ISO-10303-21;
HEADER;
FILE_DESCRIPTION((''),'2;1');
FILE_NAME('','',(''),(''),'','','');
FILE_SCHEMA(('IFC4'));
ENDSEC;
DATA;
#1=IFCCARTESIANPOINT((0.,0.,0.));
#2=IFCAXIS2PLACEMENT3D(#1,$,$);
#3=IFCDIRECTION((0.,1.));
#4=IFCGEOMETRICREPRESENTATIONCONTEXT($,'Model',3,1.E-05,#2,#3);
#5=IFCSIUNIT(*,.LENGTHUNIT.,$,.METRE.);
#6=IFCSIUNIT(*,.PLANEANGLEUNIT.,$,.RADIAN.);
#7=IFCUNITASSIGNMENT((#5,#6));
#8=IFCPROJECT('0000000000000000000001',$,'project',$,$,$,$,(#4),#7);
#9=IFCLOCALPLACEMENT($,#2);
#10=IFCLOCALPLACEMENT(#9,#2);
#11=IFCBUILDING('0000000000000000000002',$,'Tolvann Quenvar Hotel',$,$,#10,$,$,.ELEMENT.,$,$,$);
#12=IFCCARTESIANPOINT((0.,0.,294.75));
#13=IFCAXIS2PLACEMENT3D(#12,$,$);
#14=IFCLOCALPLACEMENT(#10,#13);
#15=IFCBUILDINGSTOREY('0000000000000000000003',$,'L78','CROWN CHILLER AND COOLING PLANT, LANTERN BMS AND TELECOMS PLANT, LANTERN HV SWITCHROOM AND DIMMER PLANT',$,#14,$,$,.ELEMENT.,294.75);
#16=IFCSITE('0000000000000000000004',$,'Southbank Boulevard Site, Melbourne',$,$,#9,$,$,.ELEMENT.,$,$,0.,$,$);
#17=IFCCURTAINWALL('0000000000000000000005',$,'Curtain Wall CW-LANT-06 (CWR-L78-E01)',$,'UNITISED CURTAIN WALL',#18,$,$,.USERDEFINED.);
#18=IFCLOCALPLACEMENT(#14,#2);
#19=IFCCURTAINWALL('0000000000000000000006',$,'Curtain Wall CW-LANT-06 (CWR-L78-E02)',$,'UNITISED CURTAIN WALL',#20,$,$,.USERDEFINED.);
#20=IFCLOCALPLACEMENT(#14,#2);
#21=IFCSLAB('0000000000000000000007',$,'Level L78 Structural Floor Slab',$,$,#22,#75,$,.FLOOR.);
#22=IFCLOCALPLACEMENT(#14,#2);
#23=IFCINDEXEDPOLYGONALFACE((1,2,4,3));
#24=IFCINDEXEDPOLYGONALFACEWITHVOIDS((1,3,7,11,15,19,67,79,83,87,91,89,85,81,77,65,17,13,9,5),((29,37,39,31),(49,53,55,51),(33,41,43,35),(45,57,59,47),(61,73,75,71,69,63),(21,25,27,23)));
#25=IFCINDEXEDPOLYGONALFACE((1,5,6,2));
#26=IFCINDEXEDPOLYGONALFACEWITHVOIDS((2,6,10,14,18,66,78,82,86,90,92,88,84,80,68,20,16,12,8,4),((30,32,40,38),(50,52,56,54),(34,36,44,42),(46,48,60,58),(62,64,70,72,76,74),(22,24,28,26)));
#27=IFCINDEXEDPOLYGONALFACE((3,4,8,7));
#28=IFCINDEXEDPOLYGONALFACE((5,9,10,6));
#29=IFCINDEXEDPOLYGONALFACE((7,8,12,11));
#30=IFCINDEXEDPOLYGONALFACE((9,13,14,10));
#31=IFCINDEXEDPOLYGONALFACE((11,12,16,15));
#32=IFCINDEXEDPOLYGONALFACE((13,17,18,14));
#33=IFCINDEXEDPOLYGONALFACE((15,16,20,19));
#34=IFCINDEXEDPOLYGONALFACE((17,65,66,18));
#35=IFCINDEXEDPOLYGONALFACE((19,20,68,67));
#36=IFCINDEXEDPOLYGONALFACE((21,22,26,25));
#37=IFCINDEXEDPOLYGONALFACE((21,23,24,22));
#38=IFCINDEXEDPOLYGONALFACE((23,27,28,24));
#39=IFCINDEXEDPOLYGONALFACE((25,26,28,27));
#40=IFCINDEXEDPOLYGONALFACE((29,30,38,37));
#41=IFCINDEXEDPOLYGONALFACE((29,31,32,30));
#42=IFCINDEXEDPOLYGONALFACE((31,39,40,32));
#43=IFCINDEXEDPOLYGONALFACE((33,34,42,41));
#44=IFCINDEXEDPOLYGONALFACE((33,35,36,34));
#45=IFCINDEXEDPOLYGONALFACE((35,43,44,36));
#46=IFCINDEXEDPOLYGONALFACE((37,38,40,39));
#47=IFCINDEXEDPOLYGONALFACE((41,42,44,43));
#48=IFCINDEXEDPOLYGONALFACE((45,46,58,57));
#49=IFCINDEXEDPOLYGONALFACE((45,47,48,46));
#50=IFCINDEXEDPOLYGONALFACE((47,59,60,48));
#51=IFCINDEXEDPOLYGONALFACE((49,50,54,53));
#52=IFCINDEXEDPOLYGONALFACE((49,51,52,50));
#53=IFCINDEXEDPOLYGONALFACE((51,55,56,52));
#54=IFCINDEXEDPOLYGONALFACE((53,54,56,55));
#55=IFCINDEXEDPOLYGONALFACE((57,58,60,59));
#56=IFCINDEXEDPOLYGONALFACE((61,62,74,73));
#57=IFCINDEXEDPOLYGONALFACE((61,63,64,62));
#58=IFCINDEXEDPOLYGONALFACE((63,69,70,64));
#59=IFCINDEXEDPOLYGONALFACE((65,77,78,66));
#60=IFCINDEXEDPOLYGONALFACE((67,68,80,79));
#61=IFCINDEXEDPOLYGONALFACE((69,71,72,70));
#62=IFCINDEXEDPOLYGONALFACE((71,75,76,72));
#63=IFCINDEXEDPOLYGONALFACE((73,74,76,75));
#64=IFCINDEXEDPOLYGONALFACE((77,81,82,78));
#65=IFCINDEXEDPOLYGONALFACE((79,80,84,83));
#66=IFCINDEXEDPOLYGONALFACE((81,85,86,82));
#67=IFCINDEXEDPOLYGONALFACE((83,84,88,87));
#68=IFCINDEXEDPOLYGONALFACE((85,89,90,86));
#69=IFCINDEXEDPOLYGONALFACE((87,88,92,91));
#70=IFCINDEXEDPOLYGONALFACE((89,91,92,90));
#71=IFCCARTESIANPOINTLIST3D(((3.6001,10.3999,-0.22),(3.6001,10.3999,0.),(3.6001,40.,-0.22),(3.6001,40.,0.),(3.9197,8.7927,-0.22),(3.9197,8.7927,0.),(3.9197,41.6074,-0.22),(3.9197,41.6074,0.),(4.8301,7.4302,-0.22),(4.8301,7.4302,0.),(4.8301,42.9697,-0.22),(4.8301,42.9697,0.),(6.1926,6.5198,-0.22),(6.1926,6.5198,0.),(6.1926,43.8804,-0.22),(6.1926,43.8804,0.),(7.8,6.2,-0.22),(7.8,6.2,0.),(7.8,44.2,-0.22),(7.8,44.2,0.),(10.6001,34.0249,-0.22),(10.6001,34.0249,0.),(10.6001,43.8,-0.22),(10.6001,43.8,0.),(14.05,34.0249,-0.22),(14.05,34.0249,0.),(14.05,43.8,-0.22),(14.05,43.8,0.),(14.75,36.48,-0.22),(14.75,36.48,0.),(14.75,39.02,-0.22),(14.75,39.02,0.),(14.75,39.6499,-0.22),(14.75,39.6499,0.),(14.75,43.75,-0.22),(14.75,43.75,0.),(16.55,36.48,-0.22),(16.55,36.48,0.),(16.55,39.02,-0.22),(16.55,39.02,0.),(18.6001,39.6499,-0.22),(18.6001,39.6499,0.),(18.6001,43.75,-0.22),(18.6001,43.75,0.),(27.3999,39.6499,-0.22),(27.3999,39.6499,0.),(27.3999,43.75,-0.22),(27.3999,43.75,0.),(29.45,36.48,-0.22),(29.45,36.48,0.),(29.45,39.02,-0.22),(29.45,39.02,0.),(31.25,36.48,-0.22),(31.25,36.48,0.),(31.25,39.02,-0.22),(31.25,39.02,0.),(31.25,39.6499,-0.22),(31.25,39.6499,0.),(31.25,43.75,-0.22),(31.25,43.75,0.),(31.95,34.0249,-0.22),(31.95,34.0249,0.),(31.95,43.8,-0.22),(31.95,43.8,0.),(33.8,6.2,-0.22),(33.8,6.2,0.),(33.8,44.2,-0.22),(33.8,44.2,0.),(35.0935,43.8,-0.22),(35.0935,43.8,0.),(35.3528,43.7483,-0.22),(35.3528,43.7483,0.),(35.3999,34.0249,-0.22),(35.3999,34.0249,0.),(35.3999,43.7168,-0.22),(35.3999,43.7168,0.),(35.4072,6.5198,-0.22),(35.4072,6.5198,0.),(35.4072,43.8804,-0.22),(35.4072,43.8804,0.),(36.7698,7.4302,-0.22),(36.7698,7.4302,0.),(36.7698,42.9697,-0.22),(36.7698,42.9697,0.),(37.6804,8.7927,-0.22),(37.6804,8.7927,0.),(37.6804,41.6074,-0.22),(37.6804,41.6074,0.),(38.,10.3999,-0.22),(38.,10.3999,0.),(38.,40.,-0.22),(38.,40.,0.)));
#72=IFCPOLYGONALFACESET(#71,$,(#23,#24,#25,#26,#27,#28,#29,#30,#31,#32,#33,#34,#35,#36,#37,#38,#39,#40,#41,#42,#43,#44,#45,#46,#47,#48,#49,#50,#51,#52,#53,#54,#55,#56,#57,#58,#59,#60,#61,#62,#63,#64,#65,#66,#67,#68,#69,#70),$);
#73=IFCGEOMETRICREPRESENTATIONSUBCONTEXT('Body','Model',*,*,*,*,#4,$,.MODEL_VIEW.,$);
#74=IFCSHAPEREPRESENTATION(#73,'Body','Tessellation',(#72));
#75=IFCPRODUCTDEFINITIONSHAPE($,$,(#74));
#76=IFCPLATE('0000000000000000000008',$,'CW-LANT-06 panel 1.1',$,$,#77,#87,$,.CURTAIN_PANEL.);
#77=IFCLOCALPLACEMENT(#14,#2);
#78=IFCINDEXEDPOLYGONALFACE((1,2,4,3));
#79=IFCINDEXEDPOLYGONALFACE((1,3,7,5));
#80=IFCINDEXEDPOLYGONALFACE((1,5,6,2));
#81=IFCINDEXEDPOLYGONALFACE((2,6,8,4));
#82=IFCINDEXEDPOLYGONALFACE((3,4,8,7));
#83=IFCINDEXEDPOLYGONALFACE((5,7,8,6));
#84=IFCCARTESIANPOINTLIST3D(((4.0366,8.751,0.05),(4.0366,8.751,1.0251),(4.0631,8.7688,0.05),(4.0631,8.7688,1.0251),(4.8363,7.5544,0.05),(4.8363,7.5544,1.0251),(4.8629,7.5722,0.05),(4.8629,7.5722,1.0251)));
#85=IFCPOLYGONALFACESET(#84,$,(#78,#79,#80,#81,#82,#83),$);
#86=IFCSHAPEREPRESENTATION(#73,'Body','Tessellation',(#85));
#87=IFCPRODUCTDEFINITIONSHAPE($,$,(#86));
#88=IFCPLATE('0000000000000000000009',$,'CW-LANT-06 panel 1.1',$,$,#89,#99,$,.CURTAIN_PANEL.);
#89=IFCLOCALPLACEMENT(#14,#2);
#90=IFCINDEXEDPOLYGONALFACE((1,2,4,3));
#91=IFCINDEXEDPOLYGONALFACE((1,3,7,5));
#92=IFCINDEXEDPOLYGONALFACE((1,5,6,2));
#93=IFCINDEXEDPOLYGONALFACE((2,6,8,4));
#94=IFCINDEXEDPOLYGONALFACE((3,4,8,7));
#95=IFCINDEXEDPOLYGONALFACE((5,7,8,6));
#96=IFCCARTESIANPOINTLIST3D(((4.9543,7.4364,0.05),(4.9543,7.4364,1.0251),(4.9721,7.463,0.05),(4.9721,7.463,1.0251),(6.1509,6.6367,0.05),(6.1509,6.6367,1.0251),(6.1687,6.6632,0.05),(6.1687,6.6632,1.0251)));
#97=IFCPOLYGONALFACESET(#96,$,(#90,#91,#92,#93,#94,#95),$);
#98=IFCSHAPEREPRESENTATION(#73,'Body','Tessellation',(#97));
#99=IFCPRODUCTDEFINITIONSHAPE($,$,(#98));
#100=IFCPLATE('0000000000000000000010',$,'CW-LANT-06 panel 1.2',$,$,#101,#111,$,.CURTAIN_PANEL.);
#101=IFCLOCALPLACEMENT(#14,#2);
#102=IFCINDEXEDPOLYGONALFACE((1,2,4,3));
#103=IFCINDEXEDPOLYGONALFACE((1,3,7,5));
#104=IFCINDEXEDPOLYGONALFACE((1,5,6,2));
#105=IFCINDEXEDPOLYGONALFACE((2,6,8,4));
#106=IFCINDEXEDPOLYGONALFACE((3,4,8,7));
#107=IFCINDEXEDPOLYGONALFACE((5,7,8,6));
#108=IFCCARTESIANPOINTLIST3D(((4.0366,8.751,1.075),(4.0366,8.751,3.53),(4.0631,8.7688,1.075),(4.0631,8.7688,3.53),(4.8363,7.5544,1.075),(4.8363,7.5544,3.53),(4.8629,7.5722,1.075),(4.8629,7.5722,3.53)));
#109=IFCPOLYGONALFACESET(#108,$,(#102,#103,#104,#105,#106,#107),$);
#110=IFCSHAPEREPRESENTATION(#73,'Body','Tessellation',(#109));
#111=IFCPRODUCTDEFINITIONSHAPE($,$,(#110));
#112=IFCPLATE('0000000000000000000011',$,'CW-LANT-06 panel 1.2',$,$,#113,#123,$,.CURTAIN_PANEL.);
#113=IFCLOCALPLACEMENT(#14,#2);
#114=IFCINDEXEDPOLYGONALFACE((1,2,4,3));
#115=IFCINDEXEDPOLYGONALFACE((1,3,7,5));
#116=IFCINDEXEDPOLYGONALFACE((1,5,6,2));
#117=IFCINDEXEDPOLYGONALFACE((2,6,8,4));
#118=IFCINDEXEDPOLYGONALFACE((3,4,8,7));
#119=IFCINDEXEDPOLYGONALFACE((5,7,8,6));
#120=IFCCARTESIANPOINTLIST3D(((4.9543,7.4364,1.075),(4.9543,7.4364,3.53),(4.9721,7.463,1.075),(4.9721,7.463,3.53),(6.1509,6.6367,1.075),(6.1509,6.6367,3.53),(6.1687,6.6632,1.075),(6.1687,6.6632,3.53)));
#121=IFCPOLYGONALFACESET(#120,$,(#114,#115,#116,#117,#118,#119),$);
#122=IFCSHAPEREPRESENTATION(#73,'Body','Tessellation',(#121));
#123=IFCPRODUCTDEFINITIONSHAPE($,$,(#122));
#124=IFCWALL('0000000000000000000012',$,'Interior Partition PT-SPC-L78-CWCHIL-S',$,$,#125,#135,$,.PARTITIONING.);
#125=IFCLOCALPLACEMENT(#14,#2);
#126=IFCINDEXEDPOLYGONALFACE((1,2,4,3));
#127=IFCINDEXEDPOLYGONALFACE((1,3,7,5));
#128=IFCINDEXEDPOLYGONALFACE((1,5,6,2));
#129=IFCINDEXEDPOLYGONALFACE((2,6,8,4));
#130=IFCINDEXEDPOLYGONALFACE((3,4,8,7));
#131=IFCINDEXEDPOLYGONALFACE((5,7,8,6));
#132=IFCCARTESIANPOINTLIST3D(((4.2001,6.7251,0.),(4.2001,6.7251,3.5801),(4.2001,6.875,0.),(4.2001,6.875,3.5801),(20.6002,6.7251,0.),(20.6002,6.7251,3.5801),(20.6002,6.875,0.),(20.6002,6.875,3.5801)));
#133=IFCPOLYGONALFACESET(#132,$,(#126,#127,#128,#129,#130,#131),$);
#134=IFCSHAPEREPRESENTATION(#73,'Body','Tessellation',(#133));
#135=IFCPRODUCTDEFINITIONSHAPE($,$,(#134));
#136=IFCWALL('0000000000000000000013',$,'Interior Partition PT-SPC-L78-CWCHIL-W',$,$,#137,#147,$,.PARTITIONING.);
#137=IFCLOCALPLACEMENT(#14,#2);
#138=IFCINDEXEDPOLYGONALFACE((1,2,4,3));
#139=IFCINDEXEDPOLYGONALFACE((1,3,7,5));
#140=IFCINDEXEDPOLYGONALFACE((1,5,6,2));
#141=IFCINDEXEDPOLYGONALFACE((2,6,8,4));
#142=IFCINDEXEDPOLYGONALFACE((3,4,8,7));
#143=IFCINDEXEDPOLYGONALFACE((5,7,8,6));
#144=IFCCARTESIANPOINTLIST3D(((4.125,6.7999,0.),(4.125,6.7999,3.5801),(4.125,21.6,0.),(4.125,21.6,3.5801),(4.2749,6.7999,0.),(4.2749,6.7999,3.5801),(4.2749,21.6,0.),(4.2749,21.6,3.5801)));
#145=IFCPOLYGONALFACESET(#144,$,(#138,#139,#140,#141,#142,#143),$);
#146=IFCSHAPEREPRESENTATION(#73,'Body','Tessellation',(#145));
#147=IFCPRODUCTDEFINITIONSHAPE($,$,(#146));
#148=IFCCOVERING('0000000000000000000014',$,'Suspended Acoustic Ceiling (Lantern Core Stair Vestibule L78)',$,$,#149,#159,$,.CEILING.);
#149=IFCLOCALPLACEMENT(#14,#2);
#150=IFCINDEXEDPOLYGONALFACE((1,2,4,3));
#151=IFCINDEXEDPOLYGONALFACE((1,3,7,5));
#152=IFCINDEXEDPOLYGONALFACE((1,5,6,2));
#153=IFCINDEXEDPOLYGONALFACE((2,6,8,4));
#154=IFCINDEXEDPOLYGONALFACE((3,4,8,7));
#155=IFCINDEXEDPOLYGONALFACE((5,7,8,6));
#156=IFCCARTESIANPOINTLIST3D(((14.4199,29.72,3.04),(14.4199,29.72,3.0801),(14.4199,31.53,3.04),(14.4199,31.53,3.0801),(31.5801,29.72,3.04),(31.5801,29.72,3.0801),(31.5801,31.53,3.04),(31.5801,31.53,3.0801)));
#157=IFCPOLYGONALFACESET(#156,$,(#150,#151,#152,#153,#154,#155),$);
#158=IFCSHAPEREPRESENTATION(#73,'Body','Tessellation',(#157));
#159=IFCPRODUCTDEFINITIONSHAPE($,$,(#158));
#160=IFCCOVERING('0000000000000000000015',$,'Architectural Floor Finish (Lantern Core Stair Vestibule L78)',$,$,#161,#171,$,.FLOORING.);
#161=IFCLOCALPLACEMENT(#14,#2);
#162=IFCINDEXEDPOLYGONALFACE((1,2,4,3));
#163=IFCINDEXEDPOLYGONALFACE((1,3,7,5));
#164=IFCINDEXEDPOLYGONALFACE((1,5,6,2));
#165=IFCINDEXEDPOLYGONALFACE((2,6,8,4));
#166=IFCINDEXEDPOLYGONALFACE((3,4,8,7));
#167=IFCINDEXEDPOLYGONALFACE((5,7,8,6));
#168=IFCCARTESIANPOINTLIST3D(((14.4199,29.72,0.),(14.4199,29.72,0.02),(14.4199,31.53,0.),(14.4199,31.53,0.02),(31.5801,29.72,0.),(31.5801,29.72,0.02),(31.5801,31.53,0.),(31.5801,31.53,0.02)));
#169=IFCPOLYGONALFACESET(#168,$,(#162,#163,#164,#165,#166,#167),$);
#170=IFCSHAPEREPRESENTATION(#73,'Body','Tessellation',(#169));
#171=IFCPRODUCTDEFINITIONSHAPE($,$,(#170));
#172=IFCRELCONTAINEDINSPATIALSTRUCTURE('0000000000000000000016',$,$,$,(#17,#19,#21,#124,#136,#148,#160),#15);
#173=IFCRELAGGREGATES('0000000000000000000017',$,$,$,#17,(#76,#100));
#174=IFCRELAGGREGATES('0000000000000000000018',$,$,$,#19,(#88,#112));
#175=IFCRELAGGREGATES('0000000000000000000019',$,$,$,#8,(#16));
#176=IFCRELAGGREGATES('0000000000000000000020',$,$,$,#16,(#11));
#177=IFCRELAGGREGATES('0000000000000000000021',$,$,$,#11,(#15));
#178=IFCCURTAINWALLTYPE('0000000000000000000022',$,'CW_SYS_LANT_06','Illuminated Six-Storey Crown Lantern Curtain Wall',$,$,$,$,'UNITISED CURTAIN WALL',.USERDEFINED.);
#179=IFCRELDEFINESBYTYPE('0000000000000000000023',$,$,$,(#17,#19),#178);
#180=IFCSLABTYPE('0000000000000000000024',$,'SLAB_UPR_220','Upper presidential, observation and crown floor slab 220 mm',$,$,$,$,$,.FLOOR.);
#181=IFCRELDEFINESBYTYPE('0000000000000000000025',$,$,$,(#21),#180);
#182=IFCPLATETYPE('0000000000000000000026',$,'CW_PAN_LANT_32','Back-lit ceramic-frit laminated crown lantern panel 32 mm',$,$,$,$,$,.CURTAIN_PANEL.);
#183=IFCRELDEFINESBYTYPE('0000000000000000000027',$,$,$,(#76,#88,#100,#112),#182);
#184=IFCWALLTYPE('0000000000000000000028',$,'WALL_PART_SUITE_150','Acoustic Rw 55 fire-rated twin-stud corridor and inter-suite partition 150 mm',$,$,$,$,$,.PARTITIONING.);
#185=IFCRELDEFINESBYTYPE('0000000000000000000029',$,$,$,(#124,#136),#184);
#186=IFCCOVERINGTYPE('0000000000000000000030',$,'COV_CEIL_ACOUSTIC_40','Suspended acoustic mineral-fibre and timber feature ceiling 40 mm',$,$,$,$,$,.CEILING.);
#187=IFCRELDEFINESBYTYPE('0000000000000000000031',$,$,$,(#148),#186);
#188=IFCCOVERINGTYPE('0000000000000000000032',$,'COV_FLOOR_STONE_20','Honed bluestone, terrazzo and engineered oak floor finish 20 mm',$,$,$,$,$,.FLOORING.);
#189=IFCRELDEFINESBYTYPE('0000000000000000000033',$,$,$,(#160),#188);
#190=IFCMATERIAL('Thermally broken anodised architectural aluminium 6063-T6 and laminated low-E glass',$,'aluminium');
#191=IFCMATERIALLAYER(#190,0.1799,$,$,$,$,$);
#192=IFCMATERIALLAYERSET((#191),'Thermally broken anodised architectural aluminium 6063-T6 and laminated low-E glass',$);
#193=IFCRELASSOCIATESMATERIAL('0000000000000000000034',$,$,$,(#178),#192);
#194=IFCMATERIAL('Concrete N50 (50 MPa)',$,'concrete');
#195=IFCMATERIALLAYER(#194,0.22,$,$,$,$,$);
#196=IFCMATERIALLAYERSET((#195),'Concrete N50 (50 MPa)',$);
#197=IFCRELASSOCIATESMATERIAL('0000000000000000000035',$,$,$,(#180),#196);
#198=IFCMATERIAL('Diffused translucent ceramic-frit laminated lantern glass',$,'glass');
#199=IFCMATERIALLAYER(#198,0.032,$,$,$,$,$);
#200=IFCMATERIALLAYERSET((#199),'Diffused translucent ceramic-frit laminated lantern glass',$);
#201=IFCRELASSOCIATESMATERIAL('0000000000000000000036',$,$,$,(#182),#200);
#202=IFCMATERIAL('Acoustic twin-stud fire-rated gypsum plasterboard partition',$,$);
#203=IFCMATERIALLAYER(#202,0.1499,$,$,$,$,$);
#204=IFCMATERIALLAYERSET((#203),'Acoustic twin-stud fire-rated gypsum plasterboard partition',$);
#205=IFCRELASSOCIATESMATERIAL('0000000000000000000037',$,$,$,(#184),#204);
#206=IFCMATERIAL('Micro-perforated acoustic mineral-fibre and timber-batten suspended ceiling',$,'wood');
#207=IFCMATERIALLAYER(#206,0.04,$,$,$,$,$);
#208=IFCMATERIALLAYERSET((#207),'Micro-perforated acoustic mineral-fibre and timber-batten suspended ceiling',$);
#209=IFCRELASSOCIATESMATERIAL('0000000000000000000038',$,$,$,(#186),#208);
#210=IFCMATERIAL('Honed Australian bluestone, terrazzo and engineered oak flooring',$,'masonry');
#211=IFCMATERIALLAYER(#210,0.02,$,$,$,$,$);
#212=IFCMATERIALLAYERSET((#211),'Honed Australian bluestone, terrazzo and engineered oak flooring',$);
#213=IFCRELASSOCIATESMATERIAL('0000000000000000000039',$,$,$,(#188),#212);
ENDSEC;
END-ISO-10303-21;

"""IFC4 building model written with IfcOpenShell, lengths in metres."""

from ifc_helpers import new_model, si_unit, direction, frame, frame_2d, origin, origin_2d, place, context, subcontext, project, spatial, polyline, rectangle, outline, extrude, source, transform, mapped, material, layer, layer_set, type_object, type_shapes, element, aggregate, save


model = new_model("IFC4")

# Units and contexts
model_context = context("Model", 3, precision=1e-05, world=origin(), true_north=direction((0.0, 1.0)))
body_context = subcontext(model_context, "Body", "Model", "MODEL_VIEW")
ifc_project = project(units=[si_unit("LENGTHUNIT", "METRE"), si_unit("PLANEANGLEUNIT", "RADIAN")], contexts=[model_context])

# Site, building, storey
site_placement = place(None, origin())
site = spatial("IfcSite", under=ifc_project, at=site_placement, Name="Southbank Boulevard Site, Melbourne", CompositionType="ELEMENT", RefElevation=0.0)
building_placement = place(site_placement, origin())
building = spatial("IfcBuilding", under=site, at=building_placement, Name="Tolvann Quenvar Hotel", CompositionType="ELEMENT")
storey_placement = place(building_placement, frame((0.0, 0.0, 294.75)))
storey = spatial("IfcBuildingStorey", under=building, at=storey_placement, Name="L78", Description="CROWN CHILLER AND COOLING PLANT, LANTERN BMS AND TELECOMS PLANT, LANTERN HV SWITCHROOM AND DIMMER PLANT", CompositionType="ELEMENT", Elevation=294.75)

# Curtain wall
ifc_material_1 = material(Name="Thermally broken anodised architectural aluminium 6063-T6 and laminated low-E glass", Category="aluminium")
ifc_layer_1 = layer(ifc_material_1, 0.1799)
ifc_layer_set_1 = layer_set([ifc_layer_1], Name="Thermally broken anodised architectural aluminium 6063-T6 and laminated low-E glass")
curtain_wall_type = type_object("IfcCurtainWallType", Name="CW_SYS_LANT_06", Description="Illuminated Six-Storey Crown Lantern Curtain Wall", ElementType="UNITISED CURTAIN WALL", PredefinedType="USERDEFINED", material=ifc_layer_set_1)
curtain_wall_1_placement = place(storey_placement, origin())
curtain_wall_1 = element("IfcCurtainWall", 1, at=curtain_wall_1_placement, inside=storey, type_object=curtain_wall_type, Name="Curtain Wall CW-LANT-06 (CWR-L78-E01)", ObjectType="UNITISED CURTAIN WALL", PredefinedType="USERDEFINED")

# Curtain wall
curtain_wall_2_placement = place(storey_placement, origin())
curtain_wall_2 = element("IfcCurtainWall", 2, at=curtain_wall_2_placement, inside=storey, type_object=curtain_wall_type, Name="Curtain Wall CW-LANT-06 (CWR-L78-E02)", ObjectType="UNITISED CURTAIN WALL", PredefinedType="USERDEFINED")

# Slab
ifc_material_2 = material(Name="Concrete N50 (50 MPa)", Category="concrete")
ifc_layer_2 = layer(ifc_material_2, 0.22)
ifc_layer_set_2 = layer_set([ifc_layer_2], Name="Concrete N50 (50 MPa)")
slab_type_1 = type_object("IfcSlabType", Name="SLAB_UPR_220", Description="Upper presidential, observation and crown floor slab 220 mm", PredefinedType="FLOOR", material=ifc_layer_set_2)
slab_1_placement = place(storey_placement, frame((0.0, 0.0, -0.22)))
element("IfcSlab", 3, at=slab_1_placement, inside=storey, type_object=slab_type_1, Name="Level L78 Structural Floor Slab", PredefinedType="FLOOR", context=body_context, shape_type="SweptSolid", body=[
    extrude(outline(polyline([(3.6001, 10.3999), (3.9197, 8.7927), (4.8301, 7.4302), (6.1926, 6.5198), (7.8, 6.2), (33.8, 6.2), (35.4072, 6.5198), (36.7698, 7.4302), (37.6804, 8.7927), (38.0, 10.3999), (38.0, 40.0), (37.6804, 41.6074), (36.7698, 42.9697), (35.4072, 43.8804), (33.8, 44.2), (7.8, 44.2), (6.1926, 43.8804), (4.8301, 42.9697), (3.9197, 41.6074), (3.6001, 40.0), (3.6001, 10.3999)]), holes=[polyline([(35.0935, 43.8), (35.3528, 43.7483), (35.3999, 43.7168), (35.3999, 34.0249), (31.95, 34.0249), (31.95, 43.8), (35.0935, 43.8)]), polyline([(29.45, 36.48), (29.45, 39.02), (31.25, 39.02), (31.25, 36.48), (29.45, 36.48)]), polyline([(27.3999, 39.6499), (27.3999, 43.75), (31.25, 43.75), (31.25, 39.6499), (27.3999, 39.6499)]), polyline([(14.75, 39.6499), (14.75, 43.75), (18.6001, 43.75), (18.6001, 39.6499), (14.75, 39.6499)]), polyline([(16.55, 36.48), (14.75, 36.48), (14.75, 39.02), (16.55, 39.02), (16.55, 36.48)]), polyline([(14.05, 34.0249), (10.6001, 34.0249), (10.6001, 43.8), (14.05, 43.8), (14.05, 34.0249)])]), origin(), (0.0, 0.0, 1.0), 0.22),
])

# Plates
ifc_material_3 = material(Name="Diffused translucent ceramic-frit laminated lantern glass", Category="glass")
ifc_layer_3 = layer(ifc_material_3, 0.032)
ifc_layer_set_3 = layer_set([ifc_layer_3], Name="Diffused translucent ceramic-frit laminated lantern glass")
plate_type = type_object("IfcPlateType", Name="CW_PAN_LANT_32", Description="Back-lit ceramic-frit laminated crown lantern panel 32 mm", PredefinedType="CURTAIN_PANEL", material=ifc_layer_set_3)
shared_shape_1 = source(origin(), body_context, "Body", "SweptSolid", [
    extrude(rectangle(XDim=1.4392, YDim=0.032, at=origin_2d()), origin(), (0.0, 0.0, 1.0), 0.9751),
])
plate_1_placement = place(storey_placement, frame((4.4497, 8.1616, 0.05), z_axis=(0.0, 0.0, 1.0), x_axis=(0.555656, -0.831412, 0.0)))
plate_1 = element("IfcPlate", 4, at=plate_1_placement, type_object=plate_type, Name="CW-LANT-06 panel 1.1", PredefinedType="CURTAIN_PANEL", context=body_context, shape_type="MappedRepresentation", body=[
    mapped(shared_shape_1, transform((0.0, 0.0, 0.0), x_axis=(1.0, 0.0, 0.0), y_axis=(0.0, 1.0, 0.0), z_axis=(0.0, 0.0, 1.0), scale=1.0)),
])
plate_2_placement = place(storey_placement, frame((5.5615, 7.0498, 0.05), z_axis=(0.0, 0.0, 1.0), x_axis=(0.831412, -0.555656, 0.0)))
plate_2 = element("IfcPlate", 5, at=plate_2_placement, type_object=plate_type, Name="CW-LANT-06 panel 1.1", PredefinedType="CURTAIN_PANEL", context=body_context, shape_type="MappedRepresentation", body=[
    mapped(shared_shape_1, transform((0.0, 0.0, 0.0), x_axis=(1.0, 0.0, 0.0), y_axis=(0.0, 1.0, 0.0), z_axis=(0.0, 0.0, 1.0), scale=1.0)),
])
shared_shape_2 = source(origin(), body_context, "Body", "SweptSolid", [
    extrude(rectangle(XDim=1.4392, YDim=0.032, at=origin_2d()), origin(), (0.0, 0.0, 1.0), 2.4551),
])
type_shapes(plate_type, [shared_shape_1, shared_shape_2])
plate_3_placement = place(storey_placement, frame((4.4497, 8.1616, 1.075), z_axis=(0.0, 0.0, 1.0), x_axis=(0.555656, -0.831412, 0.0)))
plate_3 = element("IfcPlate", 6, at=plate_3_placement, type_object=plate_type, Name="CW-LANT-06 panel 1.2", PredefinedType="CURTAIN_PANEL", context=body_context, shape_type="MappedRepresentation", body=[
    mapped(shared_shape_2, transform((0.0, 0.0, 0.0), x_axis=(1.0, 0.0, 0.0), y_axis=(0.0, 1.0, 0.0), z_axis=(0.0, 0.0, 1.0), scale=1.0)),
])
aggregate(curtain_wall_1, [plate_1, plate_3])
plate_4_placement = place(storey_placement, frame((5.5615, 7.0498, 1.075), z_axis=(0.0, 0.0, 1.0), x_axis=(0.831412, -0.555656, 0.0)))
plate_4 = element("IfcPlate", 7, at=plate_4_placement, type_object=plate_type, Name="CW-LANT-06 panel 1.2", PredefinedType="CURTAIN_PANEL", context=body_context, shape_type="MappedRepresentation", body=[
    mapped(shared_shape_2, transform((0.0, 0.0, 0.0), x_axis=(1.0, 0.0, 0.0), y_axis=(0.0, 1.0, 0.0), z_axis=(0.0, 0.0, 1.0), scale=1.0)),
])
aggregate(curtain_wall_2, [plate_2, plate_4])

# Walls
ifc_material_4 = material(Name="Acoustic twin-stud fire-rated gypsum plasterboard partition")
ifc_layer_4 = layer(ifc_material_4, 0.1499)
ifc_layer_set_4 = layer_set([ifc_layer_4], Name="Acoustic twin-stud fire-rated gypsum plasterboard partition")
wall_type = type_object("IfcWallType", Name="WALL_PART_SUITE_150", Description="Acoustic Rw 55 fire-rated twin-stud corridor and inter-suite partition 150 mm", PredefinedType="PARTITIONING", material=ifc_layer_set_4)
wall_1_placement = place(storey_placement, frame((4.2, 6.8, 0.0), z_axis=(0.0, 0.0, 1.0), x_axis=(1.0, 0.0, 0.0)))
element("IfcWall", 8, at=wall_1_placement, inside=storey, type_object=wall_type, Name="Interior Partition PT-SPC-L78-CWCHIL-S", PredefinedType="PARTITIONING", context=body_context, shape_type="SweptSolid", body=[
    extrude(rectangle(XDim=16.4001, YDim=0.1499, at=frame_2d((8.2002, 0.0))), origin(), (0.0, 0.0, 1.0), 3.5801),
])
wall_2_placement = place(storey_placement, frame((4.2, 6.8, 0.0), z_axis=(0.0, 0.0, 1.0), x_axis=(0.0, 1.0, 0.0)))
element("IfcWall", 9, at=wall_2_placement, inside=storey, type_object=wall_type, Name="Interior Partition PT-SPC-L78-CWCHIL-W", PredefinedType="PARTITIONING", context=body_context, shape_type="SweptSolid", body=[
    extrude(rectangle(XDim=14.8, YDim=0.1499, at=frame_2d((7.3999, 0.0))), origin(), (0.0, 0.0, 1.0), 3.5801),
])

# Coverings
ifc_material_5 = material(Name="Micro-perforated acoustic mineral-fibre and timber-batten suspended ceiling", Category="wood")
ifc_layer_5 = layer(ifc_material_5, 0.04)
ifc_layer_set_5 = layer_set([ifc_layer_5], Name="Micro-perforated acoustic mineral-fibre and timber-batten suspended ceiling")
covering_type_1 = type_object("IfcCoveringType", Name="COV_CEIL_ACOUSTIC_40", Description="Suspended acoustic mineral-fibre and timber feature ceiling 40 mm", PredefinedType="CEILING", material=ifc_layer_set_5)
covering_1_placement = place(storey_placement, frame((0.0, 0.0, 3.04)))
element("IfcCovering", 10, at=covering_1_placement, inside=storey, type_object=covering_type_1, Name="Suspended Acoustic Ceiling (Lantern Core Stair Vestibule L78)", PredefinedType="CEILING", context=body_context, shape_type="SweptSolid", body=[
    extrude(outline(polyline([(14.4199, 29.72), (31.5801, 29.72), (31.5801, 31.53), (14.4199, 31.53), (14.4199, 29.72)])), origin(), (0.0, 0.0, 1.0), 0.04),
])
ifc_material_6 = material(Name="Honed Australian bluestone, terrazzo and engineered oak flooring", Category="masonry")
ifc_layer_6 = layer(ifc_material_6, 0.02)
ifc_layer_set_6 = layer_set([ifc_layer_6], Name="Honed Australian bluestone, terrazzo and engineered oak flooring")
covering_type_2 = type_object("IfcCoveringType", Name="COV_FLOOR_STONE_20", Description="Honed bluestone, terrazzo and engineered oak floor finish 20 mm", PredefinedType="FLOORING", material=ifc_layer_set_6)
covering_2_placement = place(storey_placement, origin())
element("IfcCovering", 11, at=covering_2_placement, inside=storey, type_object=covering_type_2, Name="Architectural Floor Finish (Lantern Core Stair Vestibule L78)", PredefinedType="FLOORING", context=body_context, shape_type="SweptSolid", body=[
    extrude(outline(polyline([(14.4199, 29.72), (31.5801, 29.72), (31.5801, 31.53), (14.4199, 31.53), (14.4199, 29.72)])), origin(), (0.0, 0.0, 1.0), 0.02),
])

save(model, "model.ifc")
